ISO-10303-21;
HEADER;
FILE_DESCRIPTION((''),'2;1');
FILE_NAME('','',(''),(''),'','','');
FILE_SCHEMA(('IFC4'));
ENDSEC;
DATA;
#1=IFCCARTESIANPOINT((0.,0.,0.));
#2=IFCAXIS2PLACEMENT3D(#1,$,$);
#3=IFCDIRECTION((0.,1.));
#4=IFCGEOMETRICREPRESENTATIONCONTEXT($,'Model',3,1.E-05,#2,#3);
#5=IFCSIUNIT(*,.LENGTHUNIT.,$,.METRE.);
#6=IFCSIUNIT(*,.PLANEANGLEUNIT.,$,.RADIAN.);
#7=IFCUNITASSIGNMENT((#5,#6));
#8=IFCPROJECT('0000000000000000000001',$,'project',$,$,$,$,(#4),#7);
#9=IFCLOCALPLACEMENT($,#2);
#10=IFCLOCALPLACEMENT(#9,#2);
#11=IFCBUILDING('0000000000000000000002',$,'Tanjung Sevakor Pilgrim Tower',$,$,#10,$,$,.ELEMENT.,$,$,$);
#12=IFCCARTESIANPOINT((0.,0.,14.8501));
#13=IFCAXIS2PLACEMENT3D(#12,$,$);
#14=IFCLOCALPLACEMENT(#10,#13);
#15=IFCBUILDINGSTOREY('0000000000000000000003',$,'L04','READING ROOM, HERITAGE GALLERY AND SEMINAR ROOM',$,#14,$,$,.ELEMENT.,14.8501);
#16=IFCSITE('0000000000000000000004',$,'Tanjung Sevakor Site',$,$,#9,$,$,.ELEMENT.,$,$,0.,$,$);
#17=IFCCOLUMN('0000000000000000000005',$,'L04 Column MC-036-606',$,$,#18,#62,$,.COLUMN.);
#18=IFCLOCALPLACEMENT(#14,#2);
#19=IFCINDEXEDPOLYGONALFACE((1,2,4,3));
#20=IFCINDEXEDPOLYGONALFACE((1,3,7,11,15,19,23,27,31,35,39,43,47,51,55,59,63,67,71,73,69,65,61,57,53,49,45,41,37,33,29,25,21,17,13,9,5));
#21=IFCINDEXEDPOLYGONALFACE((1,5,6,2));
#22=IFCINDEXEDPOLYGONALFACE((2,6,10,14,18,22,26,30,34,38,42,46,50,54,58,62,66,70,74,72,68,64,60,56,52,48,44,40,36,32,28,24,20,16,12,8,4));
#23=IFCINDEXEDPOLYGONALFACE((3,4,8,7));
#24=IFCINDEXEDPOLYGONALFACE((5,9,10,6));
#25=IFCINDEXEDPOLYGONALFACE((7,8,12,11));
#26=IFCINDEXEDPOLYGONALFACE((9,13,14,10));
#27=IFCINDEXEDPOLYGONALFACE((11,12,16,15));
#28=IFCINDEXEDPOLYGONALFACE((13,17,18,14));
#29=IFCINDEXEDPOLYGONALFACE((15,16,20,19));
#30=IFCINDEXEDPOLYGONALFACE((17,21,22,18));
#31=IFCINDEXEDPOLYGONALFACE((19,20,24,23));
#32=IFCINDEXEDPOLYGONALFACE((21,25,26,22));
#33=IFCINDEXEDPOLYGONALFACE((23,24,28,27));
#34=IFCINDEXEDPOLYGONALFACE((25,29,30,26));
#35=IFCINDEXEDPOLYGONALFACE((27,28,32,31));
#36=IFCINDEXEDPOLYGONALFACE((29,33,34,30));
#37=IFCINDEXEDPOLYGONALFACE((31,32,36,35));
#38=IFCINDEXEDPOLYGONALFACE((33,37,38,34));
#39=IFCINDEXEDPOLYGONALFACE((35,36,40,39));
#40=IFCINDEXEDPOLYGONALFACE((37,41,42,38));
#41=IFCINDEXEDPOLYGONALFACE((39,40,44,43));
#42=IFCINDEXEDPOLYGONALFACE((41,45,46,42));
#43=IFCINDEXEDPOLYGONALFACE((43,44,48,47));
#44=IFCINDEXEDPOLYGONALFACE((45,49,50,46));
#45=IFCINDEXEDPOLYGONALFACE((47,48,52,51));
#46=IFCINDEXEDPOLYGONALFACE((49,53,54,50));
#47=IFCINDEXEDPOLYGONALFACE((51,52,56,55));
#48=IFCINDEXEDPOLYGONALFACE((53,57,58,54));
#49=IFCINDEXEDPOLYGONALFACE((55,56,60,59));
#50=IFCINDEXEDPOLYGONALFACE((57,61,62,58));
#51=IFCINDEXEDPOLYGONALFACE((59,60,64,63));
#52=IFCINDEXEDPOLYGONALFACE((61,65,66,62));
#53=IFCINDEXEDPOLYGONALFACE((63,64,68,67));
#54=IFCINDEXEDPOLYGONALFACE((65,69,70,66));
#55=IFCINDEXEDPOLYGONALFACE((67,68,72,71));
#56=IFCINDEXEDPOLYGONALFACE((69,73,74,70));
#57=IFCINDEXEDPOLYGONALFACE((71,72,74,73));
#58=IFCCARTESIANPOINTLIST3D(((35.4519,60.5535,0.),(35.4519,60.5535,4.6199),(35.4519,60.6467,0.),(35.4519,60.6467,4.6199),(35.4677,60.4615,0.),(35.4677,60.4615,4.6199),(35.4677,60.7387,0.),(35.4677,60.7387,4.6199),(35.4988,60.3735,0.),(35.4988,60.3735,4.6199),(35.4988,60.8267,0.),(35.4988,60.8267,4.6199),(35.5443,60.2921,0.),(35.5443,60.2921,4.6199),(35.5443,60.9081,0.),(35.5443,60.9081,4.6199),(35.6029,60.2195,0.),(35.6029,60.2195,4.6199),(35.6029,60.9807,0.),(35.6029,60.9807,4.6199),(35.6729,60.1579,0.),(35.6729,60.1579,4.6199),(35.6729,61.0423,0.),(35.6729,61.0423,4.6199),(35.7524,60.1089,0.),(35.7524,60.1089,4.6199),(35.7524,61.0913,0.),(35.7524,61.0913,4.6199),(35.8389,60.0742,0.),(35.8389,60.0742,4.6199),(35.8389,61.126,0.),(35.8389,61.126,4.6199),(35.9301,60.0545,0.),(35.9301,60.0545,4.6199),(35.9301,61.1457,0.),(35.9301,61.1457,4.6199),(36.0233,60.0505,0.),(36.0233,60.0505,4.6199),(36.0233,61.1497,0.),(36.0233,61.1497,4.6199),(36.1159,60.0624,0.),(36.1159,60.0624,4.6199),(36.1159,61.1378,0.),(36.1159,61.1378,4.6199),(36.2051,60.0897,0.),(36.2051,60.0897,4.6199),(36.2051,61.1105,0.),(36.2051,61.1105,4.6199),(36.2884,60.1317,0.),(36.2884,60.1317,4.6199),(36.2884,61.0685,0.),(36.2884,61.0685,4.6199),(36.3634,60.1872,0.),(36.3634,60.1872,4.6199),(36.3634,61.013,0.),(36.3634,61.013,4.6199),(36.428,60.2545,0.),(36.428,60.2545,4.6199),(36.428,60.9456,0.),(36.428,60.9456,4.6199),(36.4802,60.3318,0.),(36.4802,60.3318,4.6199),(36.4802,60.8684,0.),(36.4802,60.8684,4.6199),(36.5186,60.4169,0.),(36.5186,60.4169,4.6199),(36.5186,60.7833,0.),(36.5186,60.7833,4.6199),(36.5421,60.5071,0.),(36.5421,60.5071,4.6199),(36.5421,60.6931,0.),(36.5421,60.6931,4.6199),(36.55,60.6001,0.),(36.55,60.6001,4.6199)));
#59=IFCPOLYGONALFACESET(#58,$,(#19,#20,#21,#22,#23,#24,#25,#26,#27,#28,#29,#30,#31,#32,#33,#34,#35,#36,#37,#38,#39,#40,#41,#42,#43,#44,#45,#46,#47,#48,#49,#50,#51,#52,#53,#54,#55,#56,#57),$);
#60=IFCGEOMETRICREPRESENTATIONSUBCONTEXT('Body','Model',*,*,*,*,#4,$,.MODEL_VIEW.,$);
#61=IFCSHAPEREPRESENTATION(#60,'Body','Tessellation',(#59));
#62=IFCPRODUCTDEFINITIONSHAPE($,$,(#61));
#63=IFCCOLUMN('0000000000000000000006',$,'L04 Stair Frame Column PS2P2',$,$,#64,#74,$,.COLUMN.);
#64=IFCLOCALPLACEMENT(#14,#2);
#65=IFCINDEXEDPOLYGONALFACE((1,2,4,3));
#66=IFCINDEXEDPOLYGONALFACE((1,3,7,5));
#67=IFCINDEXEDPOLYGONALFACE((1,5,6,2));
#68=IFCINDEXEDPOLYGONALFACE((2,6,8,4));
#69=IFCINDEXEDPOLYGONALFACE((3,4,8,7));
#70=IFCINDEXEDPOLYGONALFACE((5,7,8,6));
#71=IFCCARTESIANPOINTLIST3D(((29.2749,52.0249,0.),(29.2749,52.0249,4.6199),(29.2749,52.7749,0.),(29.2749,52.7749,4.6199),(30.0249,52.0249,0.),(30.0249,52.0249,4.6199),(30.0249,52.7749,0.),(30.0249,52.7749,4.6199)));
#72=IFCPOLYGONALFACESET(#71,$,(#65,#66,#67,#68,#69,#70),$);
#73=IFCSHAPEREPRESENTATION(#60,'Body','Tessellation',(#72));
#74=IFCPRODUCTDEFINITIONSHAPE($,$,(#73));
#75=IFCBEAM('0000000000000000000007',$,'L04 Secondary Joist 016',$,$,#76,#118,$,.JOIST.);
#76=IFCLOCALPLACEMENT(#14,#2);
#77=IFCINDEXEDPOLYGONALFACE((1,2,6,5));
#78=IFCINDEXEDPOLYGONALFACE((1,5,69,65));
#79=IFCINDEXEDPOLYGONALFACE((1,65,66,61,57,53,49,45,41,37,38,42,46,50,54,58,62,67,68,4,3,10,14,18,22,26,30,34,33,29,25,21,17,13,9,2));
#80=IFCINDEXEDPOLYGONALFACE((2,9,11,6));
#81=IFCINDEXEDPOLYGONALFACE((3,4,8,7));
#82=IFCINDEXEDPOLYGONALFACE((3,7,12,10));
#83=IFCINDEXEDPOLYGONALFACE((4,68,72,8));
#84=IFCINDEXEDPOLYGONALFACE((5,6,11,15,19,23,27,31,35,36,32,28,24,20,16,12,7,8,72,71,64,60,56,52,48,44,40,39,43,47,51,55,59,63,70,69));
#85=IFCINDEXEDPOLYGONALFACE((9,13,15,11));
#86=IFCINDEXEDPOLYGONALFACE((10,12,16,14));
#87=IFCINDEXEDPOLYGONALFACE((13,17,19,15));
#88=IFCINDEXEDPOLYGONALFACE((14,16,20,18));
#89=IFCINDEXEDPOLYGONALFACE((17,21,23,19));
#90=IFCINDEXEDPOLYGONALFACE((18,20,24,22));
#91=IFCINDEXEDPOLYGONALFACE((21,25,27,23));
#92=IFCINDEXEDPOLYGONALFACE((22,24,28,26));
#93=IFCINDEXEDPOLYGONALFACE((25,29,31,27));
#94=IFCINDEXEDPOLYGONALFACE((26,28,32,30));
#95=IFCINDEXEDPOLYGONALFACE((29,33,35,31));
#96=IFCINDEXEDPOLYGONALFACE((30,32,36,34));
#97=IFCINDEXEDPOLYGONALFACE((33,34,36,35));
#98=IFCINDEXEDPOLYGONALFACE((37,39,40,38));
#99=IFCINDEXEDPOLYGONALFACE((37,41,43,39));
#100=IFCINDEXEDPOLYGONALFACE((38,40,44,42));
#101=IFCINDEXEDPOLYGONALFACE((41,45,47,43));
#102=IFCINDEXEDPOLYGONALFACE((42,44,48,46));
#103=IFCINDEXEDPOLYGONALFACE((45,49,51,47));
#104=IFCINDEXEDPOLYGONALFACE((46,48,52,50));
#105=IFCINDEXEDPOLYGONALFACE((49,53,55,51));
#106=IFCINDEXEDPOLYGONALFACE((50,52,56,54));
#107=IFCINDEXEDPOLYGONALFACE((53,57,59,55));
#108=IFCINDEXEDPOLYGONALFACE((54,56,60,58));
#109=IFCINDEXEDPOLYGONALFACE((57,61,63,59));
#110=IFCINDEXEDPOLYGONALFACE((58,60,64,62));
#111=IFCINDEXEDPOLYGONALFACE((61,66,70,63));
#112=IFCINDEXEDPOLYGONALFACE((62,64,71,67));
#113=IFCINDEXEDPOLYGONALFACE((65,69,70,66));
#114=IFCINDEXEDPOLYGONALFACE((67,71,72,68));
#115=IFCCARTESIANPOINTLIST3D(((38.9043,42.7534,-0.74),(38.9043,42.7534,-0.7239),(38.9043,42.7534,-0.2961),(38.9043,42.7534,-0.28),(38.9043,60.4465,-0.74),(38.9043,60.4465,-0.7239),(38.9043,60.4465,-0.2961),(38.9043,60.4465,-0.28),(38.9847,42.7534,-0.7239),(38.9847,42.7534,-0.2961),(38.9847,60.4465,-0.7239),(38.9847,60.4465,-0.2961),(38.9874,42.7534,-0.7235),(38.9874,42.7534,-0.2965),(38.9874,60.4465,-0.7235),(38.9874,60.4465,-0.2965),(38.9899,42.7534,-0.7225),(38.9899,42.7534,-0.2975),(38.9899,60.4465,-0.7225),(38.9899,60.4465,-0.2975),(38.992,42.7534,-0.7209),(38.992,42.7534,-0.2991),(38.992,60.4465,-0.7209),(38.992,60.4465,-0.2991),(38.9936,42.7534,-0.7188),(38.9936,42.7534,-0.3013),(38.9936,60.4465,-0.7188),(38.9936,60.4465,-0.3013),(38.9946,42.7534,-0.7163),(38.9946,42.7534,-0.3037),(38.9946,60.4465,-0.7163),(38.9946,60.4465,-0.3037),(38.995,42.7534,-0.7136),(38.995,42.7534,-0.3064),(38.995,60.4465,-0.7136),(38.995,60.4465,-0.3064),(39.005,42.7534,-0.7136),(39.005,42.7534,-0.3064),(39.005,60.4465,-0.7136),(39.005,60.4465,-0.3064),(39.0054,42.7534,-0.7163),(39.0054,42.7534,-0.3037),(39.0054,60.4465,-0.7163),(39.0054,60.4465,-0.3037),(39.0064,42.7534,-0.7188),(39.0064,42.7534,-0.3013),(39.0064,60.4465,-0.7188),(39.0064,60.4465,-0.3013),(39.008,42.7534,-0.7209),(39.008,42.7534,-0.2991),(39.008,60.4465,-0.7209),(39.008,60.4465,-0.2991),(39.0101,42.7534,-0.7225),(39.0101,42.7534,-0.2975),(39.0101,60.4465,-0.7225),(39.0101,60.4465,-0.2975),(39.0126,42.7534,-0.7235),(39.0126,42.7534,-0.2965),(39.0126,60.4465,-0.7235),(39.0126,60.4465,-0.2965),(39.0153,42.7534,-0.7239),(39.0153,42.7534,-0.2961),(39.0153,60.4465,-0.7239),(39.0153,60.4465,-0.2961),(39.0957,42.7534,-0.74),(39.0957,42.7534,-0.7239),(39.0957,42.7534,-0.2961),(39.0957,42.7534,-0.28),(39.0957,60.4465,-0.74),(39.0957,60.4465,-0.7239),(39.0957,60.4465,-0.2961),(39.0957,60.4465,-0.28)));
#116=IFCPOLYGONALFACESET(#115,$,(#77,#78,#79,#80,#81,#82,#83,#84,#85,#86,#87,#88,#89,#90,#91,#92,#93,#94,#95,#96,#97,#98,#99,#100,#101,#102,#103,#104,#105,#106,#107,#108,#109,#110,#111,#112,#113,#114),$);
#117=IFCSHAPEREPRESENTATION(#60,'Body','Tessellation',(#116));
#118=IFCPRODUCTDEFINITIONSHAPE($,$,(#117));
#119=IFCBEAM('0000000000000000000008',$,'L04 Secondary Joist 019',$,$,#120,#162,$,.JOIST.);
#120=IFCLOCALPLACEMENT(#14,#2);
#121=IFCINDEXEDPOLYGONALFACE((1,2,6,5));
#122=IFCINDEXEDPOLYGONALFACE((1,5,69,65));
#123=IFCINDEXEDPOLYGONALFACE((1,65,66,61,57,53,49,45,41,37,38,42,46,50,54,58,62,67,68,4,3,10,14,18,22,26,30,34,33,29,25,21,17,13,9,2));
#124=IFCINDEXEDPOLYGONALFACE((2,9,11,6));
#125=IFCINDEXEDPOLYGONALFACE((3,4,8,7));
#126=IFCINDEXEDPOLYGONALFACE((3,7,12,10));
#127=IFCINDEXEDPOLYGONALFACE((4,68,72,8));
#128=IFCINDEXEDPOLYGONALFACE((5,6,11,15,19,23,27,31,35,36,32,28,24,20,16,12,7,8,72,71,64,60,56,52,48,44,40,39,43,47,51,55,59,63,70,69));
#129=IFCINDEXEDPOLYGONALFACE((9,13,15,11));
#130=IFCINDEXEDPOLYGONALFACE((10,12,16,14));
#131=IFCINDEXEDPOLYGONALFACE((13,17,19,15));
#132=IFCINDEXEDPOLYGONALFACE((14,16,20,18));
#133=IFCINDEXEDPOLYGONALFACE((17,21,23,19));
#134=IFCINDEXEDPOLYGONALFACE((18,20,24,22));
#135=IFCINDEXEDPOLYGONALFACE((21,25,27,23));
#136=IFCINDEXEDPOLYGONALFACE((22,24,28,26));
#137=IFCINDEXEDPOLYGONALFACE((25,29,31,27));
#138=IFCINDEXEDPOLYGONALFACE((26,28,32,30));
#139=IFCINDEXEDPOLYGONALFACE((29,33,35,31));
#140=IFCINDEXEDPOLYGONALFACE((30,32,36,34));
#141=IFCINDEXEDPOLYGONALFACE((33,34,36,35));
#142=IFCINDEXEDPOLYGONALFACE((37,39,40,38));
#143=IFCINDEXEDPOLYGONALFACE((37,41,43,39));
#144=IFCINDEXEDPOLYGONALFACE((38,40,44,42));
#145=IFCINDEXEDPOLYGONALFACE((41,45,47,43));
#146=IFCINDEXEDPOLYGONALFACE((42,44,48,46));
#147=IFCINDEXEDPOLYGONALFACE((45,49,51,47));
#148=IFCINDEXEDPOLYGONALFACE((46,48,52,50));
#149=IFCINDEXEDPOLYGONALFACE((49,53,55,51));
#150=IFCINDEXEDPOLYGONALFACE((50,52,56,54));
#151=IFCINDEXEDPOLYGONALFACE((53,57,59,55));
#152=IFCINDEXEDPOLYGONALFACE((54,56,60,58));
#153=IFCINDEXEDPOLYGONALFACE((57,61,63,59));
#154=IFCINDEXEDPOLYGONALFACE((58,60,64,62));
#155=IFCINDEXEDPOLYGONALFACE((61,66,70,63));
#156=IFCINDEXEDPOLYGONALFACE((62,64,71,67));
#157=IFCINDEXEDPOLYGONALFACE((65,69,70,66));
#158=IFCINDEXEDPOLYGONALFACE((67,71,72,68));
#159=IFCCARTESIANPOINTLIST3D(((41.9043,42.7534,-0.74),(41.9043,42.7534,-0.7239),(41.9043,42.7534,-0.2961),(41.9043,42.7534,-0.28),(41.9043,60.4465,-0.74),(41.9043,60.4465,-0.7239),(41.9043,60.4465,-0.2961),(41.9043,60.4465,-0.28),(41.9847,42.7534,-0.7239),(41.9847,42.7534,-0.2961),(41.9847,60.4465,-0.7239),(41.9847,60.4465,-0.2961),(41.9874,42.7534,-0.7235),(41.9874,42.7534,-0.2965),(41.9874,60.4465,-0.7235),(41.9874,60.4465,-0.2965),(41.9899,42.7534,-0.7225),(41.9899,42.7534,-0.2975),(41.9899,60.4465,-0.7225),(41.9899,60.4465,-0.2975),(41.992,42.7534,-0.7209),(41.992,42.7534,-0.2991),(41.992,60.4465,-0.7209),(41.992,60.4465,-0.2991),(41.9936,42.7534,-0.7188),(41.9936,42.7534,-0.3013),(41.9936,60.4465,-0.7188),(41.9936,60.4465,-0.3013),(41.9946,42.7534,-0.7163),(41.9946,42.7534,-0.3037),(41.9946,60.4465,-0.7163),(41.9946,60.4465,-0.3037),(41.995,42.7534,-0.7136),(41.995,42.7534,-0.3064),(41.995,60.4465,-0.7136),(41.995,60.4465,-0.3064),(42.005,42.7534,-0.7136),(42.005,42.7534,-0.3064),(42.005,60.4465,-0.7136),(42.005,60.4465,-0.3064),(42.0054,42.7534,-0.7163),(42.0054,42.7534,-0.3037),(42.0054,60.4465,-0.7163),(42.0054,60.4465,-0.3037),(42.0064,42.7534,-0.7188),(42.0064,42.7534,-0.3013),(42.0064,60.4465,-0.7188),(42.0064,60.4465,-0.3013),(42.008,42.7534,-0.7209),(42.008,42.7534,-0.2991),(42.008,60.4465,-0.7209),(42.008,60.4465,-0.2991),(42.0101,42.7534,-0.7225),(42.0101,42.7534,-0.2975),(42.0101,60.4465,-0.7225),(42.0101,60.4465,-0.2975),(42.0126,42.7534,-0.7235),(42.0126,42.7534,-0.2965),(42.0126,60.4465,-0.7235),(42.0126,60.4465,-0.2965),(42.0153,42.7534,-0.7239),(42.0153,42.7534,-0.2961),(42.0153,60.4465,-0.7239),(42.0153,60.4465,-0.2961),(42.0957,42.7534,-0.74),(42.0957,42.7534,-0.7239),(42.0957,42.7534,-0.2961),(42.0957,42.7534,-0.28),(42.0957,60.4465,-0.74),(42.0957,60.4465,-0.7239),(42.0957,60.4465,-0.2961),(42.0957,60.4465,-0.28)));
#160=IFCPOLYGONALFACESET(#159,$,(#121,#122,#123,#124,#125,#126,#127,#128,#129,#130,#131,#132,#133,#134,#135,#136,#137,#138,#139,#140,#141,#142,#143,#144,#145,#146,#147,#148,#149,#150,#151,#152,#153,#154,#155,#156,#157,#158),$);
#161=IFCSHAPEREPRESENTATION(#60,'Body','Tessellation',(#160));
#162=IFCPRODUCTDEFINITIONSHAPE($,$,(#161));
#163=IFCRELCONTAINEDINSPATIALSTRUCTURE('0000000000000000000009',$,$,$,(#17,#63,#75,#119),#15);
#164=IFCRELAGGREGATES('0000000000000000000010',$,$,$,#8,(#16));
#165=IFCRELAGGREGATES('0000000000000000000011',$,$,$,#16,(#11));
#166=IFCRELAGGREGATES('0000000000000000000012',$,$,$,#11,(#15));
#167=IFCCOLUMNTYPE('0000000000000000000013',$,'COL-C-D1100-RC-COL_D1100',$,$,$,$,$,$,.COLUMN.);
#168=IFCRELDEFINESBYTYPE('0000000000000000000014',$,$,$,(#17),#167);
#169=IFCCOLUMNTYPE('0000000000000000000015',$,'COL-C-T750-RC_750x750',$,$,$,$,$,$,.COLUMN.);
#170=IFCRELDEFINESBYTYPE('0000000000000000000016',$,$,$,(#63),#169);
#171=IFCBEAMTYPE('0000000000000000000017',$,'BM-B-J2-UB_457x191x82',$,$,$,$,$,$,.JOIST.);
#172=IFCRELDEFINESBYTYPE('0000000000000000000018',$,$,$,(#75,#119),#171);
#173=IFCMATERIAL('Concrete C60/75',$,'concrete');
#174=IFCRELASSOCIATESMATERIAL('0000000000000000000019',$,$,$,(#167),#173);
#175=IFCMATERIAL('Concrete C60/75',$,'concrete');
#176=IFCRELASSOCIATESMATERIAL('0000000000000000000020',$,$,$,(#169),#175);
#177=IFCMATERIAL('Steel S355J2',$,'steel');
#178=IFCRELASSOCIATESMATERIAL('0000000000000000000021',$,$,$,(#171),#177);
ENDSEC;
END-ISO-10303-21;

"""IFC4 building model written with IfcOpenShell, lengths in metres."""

from ifc_helpers import new_model, si_unit, direction, frame, origin, origin_2d, place, context, subcontext, project, spatial, rectangle, circle, i_section, extrude, material, material_profile, profile_set, type_object, element, save


model = new_model("IFC4")

# Units and contexts
model_context = context("Model", 3, precision=1e-05, world=origin(), true_north=direction((0.0, 1.0)))
body_context = subcontext(model_context, "Body", "Model", "MODEL_VIEW")
ifc_project = project(units=[si_unit("LENGTHUNIT", "METRE"), si_unit("PLANEANGLEUNIT", "RADIAN")], contexts=[model_context])

# Site, building, storey
site_placement = place(None, origin())
site = spatial("IfcSite", under=ifc_project, at=site_placement, Name="Tanjung Sevakor Site", CompositionType="ELEMENT", RefElevation=0.0)
building_placement = place(site_placement, origin())
building = spatial("IfcBuilding", under=site, at=building_placement, Name="Tanjung Sevakor Pilgrim Tower", CompositionType="ELEMENT")
storey_placement = place(building_placement, frame((0.0, 0.0, 14.8501)))
storey = spatial("IfcBuildingStorey", under=building, at=storey_placement, Name="L04", Description="READING ROOM, HERITAGE GALLERY AND SEMINAR ROOM", CompositionType="ELEMENT", Elevation=14.8501)

# Columns
ifc_material_1 = material(Name="Concrete C60/75", Category="concrete")
ifc_material_profile_1 = material_profile(ifc_material_1, circle(Radius=0.55, at=origin_2d()))
ifc_profile_set_1 = profile_set([ifc_material_profile_1], Name="Concrete C60/75")
column_type_1 = type_object("IfcColumnType", Name="COL-C-D1100-RC-COL_D1100", PredefinedType="COLUMN", material=ifc_profile_set_1)
column_1_placement = place(storey_placement, frame((36.0, 60.6001, 0.0), z_axis=(0.0, 0.0, 1.0), x_axis=(1.0, 0.0, 0.0)))
element("IfcColumn", 1, at=column_1_placement, inside=storey, type_object=column_type_1, Name="L04 Column MC-036-606", PredefinedType="COLUMN", context=body_context, shape_type="SweptSolid", body=[
    extrude(circle(Radius=0.55, at=origin_2d()), origin(), (0.0, 0.0, 1.0), 4.6199),
])
ifc_material_2 = material(Name="Concrete C60/75", Category="concrete")
ifc_material_profile_2 = material_profile(ifc_material_2, rectangle(XDim=0.75, YDim=0.75, at=origin_2d()))
ifc_profile_set_2 = profile_set([ifc_material_profile_2], Name="Concrete C60/75")
column_type_2 = type_object("IfcColumnType", Name="COL-C-T750-RC_750x750", PredefinedType="COLUMN", material=ifc_profile_set_2)
column_2_placement = place(storey_placement, frame((29.6499, 52.3999, 0.0), z_axis=(0.0, 0.0, 1.0), x_axis=(1.0, 0.0, 0.0)))
element("IfcColumn", 2, at=column_2_placement, inside=storey, type_object=column_type_2, Name="L04 Stair Frame Column PS2P2", PredefinedType="COLUMN", context=body_context, shape_type="SweptSolid", body=[
    extrude(rectangle(XDim=0.75, YDim=0.75, at=origin_2d()), origin(), (0.0, 0.0, 1.0), 4.6199),
])

# Beams
ifc_material_3 = material(Name="Steel S355J2", Category="steel")
ifc_material_profile_3 = material_profile(ifc_material_3, i_section(OverallWidth=0.1914, OverallDepth=0.46, WebThickness=0.01, FlangeThickness=0.0161, FilletRadius=0.0103, at=origin_2d()))
ifc_profile_set_3 = profile_set([ifc_material_profile_3], Name="Steel S355J2")
beam_type_1 = type_object("IfcBeamType", Name="BM-B-J2-UB_457x191x82", PredefinedType="JOIST", material=ifc_profile_set_3)
for number, where, z_axis, x_axis, name in (
    (3, (39.0, 42.7534, -0.51), (0.0, 1.0, 0.0), (-1.0, 0.0, 0.0), "L04 Secondary Joist 016"),
    (4, (42.0, 42.7534, -0.51), (0.0, 1.0, 0.0), (-1.0, 0.0, 0.0), "L04 Secondary Joist 019"),
):
    element("IfcBeam", number, at=place(storey_placement, frame(where, z_axis=z_axis, x_axis=x_axis)), inside=storey, type_object=beam_type_1, Name=name, PredefinedType="JOIST", context=body_context, shape_type="SweptSolid", body=[
        extrude(i_section(OverallWidth=0.1914, OverallDepth=0.46, WebThickness=0.01, FlangeThickness=0.0161, FilletRadius=0.0103, at=origin_2d()), origin(), (0.0, 0.0, 1.0), 17.6931),
    ])

save(model, "model.ifc")
